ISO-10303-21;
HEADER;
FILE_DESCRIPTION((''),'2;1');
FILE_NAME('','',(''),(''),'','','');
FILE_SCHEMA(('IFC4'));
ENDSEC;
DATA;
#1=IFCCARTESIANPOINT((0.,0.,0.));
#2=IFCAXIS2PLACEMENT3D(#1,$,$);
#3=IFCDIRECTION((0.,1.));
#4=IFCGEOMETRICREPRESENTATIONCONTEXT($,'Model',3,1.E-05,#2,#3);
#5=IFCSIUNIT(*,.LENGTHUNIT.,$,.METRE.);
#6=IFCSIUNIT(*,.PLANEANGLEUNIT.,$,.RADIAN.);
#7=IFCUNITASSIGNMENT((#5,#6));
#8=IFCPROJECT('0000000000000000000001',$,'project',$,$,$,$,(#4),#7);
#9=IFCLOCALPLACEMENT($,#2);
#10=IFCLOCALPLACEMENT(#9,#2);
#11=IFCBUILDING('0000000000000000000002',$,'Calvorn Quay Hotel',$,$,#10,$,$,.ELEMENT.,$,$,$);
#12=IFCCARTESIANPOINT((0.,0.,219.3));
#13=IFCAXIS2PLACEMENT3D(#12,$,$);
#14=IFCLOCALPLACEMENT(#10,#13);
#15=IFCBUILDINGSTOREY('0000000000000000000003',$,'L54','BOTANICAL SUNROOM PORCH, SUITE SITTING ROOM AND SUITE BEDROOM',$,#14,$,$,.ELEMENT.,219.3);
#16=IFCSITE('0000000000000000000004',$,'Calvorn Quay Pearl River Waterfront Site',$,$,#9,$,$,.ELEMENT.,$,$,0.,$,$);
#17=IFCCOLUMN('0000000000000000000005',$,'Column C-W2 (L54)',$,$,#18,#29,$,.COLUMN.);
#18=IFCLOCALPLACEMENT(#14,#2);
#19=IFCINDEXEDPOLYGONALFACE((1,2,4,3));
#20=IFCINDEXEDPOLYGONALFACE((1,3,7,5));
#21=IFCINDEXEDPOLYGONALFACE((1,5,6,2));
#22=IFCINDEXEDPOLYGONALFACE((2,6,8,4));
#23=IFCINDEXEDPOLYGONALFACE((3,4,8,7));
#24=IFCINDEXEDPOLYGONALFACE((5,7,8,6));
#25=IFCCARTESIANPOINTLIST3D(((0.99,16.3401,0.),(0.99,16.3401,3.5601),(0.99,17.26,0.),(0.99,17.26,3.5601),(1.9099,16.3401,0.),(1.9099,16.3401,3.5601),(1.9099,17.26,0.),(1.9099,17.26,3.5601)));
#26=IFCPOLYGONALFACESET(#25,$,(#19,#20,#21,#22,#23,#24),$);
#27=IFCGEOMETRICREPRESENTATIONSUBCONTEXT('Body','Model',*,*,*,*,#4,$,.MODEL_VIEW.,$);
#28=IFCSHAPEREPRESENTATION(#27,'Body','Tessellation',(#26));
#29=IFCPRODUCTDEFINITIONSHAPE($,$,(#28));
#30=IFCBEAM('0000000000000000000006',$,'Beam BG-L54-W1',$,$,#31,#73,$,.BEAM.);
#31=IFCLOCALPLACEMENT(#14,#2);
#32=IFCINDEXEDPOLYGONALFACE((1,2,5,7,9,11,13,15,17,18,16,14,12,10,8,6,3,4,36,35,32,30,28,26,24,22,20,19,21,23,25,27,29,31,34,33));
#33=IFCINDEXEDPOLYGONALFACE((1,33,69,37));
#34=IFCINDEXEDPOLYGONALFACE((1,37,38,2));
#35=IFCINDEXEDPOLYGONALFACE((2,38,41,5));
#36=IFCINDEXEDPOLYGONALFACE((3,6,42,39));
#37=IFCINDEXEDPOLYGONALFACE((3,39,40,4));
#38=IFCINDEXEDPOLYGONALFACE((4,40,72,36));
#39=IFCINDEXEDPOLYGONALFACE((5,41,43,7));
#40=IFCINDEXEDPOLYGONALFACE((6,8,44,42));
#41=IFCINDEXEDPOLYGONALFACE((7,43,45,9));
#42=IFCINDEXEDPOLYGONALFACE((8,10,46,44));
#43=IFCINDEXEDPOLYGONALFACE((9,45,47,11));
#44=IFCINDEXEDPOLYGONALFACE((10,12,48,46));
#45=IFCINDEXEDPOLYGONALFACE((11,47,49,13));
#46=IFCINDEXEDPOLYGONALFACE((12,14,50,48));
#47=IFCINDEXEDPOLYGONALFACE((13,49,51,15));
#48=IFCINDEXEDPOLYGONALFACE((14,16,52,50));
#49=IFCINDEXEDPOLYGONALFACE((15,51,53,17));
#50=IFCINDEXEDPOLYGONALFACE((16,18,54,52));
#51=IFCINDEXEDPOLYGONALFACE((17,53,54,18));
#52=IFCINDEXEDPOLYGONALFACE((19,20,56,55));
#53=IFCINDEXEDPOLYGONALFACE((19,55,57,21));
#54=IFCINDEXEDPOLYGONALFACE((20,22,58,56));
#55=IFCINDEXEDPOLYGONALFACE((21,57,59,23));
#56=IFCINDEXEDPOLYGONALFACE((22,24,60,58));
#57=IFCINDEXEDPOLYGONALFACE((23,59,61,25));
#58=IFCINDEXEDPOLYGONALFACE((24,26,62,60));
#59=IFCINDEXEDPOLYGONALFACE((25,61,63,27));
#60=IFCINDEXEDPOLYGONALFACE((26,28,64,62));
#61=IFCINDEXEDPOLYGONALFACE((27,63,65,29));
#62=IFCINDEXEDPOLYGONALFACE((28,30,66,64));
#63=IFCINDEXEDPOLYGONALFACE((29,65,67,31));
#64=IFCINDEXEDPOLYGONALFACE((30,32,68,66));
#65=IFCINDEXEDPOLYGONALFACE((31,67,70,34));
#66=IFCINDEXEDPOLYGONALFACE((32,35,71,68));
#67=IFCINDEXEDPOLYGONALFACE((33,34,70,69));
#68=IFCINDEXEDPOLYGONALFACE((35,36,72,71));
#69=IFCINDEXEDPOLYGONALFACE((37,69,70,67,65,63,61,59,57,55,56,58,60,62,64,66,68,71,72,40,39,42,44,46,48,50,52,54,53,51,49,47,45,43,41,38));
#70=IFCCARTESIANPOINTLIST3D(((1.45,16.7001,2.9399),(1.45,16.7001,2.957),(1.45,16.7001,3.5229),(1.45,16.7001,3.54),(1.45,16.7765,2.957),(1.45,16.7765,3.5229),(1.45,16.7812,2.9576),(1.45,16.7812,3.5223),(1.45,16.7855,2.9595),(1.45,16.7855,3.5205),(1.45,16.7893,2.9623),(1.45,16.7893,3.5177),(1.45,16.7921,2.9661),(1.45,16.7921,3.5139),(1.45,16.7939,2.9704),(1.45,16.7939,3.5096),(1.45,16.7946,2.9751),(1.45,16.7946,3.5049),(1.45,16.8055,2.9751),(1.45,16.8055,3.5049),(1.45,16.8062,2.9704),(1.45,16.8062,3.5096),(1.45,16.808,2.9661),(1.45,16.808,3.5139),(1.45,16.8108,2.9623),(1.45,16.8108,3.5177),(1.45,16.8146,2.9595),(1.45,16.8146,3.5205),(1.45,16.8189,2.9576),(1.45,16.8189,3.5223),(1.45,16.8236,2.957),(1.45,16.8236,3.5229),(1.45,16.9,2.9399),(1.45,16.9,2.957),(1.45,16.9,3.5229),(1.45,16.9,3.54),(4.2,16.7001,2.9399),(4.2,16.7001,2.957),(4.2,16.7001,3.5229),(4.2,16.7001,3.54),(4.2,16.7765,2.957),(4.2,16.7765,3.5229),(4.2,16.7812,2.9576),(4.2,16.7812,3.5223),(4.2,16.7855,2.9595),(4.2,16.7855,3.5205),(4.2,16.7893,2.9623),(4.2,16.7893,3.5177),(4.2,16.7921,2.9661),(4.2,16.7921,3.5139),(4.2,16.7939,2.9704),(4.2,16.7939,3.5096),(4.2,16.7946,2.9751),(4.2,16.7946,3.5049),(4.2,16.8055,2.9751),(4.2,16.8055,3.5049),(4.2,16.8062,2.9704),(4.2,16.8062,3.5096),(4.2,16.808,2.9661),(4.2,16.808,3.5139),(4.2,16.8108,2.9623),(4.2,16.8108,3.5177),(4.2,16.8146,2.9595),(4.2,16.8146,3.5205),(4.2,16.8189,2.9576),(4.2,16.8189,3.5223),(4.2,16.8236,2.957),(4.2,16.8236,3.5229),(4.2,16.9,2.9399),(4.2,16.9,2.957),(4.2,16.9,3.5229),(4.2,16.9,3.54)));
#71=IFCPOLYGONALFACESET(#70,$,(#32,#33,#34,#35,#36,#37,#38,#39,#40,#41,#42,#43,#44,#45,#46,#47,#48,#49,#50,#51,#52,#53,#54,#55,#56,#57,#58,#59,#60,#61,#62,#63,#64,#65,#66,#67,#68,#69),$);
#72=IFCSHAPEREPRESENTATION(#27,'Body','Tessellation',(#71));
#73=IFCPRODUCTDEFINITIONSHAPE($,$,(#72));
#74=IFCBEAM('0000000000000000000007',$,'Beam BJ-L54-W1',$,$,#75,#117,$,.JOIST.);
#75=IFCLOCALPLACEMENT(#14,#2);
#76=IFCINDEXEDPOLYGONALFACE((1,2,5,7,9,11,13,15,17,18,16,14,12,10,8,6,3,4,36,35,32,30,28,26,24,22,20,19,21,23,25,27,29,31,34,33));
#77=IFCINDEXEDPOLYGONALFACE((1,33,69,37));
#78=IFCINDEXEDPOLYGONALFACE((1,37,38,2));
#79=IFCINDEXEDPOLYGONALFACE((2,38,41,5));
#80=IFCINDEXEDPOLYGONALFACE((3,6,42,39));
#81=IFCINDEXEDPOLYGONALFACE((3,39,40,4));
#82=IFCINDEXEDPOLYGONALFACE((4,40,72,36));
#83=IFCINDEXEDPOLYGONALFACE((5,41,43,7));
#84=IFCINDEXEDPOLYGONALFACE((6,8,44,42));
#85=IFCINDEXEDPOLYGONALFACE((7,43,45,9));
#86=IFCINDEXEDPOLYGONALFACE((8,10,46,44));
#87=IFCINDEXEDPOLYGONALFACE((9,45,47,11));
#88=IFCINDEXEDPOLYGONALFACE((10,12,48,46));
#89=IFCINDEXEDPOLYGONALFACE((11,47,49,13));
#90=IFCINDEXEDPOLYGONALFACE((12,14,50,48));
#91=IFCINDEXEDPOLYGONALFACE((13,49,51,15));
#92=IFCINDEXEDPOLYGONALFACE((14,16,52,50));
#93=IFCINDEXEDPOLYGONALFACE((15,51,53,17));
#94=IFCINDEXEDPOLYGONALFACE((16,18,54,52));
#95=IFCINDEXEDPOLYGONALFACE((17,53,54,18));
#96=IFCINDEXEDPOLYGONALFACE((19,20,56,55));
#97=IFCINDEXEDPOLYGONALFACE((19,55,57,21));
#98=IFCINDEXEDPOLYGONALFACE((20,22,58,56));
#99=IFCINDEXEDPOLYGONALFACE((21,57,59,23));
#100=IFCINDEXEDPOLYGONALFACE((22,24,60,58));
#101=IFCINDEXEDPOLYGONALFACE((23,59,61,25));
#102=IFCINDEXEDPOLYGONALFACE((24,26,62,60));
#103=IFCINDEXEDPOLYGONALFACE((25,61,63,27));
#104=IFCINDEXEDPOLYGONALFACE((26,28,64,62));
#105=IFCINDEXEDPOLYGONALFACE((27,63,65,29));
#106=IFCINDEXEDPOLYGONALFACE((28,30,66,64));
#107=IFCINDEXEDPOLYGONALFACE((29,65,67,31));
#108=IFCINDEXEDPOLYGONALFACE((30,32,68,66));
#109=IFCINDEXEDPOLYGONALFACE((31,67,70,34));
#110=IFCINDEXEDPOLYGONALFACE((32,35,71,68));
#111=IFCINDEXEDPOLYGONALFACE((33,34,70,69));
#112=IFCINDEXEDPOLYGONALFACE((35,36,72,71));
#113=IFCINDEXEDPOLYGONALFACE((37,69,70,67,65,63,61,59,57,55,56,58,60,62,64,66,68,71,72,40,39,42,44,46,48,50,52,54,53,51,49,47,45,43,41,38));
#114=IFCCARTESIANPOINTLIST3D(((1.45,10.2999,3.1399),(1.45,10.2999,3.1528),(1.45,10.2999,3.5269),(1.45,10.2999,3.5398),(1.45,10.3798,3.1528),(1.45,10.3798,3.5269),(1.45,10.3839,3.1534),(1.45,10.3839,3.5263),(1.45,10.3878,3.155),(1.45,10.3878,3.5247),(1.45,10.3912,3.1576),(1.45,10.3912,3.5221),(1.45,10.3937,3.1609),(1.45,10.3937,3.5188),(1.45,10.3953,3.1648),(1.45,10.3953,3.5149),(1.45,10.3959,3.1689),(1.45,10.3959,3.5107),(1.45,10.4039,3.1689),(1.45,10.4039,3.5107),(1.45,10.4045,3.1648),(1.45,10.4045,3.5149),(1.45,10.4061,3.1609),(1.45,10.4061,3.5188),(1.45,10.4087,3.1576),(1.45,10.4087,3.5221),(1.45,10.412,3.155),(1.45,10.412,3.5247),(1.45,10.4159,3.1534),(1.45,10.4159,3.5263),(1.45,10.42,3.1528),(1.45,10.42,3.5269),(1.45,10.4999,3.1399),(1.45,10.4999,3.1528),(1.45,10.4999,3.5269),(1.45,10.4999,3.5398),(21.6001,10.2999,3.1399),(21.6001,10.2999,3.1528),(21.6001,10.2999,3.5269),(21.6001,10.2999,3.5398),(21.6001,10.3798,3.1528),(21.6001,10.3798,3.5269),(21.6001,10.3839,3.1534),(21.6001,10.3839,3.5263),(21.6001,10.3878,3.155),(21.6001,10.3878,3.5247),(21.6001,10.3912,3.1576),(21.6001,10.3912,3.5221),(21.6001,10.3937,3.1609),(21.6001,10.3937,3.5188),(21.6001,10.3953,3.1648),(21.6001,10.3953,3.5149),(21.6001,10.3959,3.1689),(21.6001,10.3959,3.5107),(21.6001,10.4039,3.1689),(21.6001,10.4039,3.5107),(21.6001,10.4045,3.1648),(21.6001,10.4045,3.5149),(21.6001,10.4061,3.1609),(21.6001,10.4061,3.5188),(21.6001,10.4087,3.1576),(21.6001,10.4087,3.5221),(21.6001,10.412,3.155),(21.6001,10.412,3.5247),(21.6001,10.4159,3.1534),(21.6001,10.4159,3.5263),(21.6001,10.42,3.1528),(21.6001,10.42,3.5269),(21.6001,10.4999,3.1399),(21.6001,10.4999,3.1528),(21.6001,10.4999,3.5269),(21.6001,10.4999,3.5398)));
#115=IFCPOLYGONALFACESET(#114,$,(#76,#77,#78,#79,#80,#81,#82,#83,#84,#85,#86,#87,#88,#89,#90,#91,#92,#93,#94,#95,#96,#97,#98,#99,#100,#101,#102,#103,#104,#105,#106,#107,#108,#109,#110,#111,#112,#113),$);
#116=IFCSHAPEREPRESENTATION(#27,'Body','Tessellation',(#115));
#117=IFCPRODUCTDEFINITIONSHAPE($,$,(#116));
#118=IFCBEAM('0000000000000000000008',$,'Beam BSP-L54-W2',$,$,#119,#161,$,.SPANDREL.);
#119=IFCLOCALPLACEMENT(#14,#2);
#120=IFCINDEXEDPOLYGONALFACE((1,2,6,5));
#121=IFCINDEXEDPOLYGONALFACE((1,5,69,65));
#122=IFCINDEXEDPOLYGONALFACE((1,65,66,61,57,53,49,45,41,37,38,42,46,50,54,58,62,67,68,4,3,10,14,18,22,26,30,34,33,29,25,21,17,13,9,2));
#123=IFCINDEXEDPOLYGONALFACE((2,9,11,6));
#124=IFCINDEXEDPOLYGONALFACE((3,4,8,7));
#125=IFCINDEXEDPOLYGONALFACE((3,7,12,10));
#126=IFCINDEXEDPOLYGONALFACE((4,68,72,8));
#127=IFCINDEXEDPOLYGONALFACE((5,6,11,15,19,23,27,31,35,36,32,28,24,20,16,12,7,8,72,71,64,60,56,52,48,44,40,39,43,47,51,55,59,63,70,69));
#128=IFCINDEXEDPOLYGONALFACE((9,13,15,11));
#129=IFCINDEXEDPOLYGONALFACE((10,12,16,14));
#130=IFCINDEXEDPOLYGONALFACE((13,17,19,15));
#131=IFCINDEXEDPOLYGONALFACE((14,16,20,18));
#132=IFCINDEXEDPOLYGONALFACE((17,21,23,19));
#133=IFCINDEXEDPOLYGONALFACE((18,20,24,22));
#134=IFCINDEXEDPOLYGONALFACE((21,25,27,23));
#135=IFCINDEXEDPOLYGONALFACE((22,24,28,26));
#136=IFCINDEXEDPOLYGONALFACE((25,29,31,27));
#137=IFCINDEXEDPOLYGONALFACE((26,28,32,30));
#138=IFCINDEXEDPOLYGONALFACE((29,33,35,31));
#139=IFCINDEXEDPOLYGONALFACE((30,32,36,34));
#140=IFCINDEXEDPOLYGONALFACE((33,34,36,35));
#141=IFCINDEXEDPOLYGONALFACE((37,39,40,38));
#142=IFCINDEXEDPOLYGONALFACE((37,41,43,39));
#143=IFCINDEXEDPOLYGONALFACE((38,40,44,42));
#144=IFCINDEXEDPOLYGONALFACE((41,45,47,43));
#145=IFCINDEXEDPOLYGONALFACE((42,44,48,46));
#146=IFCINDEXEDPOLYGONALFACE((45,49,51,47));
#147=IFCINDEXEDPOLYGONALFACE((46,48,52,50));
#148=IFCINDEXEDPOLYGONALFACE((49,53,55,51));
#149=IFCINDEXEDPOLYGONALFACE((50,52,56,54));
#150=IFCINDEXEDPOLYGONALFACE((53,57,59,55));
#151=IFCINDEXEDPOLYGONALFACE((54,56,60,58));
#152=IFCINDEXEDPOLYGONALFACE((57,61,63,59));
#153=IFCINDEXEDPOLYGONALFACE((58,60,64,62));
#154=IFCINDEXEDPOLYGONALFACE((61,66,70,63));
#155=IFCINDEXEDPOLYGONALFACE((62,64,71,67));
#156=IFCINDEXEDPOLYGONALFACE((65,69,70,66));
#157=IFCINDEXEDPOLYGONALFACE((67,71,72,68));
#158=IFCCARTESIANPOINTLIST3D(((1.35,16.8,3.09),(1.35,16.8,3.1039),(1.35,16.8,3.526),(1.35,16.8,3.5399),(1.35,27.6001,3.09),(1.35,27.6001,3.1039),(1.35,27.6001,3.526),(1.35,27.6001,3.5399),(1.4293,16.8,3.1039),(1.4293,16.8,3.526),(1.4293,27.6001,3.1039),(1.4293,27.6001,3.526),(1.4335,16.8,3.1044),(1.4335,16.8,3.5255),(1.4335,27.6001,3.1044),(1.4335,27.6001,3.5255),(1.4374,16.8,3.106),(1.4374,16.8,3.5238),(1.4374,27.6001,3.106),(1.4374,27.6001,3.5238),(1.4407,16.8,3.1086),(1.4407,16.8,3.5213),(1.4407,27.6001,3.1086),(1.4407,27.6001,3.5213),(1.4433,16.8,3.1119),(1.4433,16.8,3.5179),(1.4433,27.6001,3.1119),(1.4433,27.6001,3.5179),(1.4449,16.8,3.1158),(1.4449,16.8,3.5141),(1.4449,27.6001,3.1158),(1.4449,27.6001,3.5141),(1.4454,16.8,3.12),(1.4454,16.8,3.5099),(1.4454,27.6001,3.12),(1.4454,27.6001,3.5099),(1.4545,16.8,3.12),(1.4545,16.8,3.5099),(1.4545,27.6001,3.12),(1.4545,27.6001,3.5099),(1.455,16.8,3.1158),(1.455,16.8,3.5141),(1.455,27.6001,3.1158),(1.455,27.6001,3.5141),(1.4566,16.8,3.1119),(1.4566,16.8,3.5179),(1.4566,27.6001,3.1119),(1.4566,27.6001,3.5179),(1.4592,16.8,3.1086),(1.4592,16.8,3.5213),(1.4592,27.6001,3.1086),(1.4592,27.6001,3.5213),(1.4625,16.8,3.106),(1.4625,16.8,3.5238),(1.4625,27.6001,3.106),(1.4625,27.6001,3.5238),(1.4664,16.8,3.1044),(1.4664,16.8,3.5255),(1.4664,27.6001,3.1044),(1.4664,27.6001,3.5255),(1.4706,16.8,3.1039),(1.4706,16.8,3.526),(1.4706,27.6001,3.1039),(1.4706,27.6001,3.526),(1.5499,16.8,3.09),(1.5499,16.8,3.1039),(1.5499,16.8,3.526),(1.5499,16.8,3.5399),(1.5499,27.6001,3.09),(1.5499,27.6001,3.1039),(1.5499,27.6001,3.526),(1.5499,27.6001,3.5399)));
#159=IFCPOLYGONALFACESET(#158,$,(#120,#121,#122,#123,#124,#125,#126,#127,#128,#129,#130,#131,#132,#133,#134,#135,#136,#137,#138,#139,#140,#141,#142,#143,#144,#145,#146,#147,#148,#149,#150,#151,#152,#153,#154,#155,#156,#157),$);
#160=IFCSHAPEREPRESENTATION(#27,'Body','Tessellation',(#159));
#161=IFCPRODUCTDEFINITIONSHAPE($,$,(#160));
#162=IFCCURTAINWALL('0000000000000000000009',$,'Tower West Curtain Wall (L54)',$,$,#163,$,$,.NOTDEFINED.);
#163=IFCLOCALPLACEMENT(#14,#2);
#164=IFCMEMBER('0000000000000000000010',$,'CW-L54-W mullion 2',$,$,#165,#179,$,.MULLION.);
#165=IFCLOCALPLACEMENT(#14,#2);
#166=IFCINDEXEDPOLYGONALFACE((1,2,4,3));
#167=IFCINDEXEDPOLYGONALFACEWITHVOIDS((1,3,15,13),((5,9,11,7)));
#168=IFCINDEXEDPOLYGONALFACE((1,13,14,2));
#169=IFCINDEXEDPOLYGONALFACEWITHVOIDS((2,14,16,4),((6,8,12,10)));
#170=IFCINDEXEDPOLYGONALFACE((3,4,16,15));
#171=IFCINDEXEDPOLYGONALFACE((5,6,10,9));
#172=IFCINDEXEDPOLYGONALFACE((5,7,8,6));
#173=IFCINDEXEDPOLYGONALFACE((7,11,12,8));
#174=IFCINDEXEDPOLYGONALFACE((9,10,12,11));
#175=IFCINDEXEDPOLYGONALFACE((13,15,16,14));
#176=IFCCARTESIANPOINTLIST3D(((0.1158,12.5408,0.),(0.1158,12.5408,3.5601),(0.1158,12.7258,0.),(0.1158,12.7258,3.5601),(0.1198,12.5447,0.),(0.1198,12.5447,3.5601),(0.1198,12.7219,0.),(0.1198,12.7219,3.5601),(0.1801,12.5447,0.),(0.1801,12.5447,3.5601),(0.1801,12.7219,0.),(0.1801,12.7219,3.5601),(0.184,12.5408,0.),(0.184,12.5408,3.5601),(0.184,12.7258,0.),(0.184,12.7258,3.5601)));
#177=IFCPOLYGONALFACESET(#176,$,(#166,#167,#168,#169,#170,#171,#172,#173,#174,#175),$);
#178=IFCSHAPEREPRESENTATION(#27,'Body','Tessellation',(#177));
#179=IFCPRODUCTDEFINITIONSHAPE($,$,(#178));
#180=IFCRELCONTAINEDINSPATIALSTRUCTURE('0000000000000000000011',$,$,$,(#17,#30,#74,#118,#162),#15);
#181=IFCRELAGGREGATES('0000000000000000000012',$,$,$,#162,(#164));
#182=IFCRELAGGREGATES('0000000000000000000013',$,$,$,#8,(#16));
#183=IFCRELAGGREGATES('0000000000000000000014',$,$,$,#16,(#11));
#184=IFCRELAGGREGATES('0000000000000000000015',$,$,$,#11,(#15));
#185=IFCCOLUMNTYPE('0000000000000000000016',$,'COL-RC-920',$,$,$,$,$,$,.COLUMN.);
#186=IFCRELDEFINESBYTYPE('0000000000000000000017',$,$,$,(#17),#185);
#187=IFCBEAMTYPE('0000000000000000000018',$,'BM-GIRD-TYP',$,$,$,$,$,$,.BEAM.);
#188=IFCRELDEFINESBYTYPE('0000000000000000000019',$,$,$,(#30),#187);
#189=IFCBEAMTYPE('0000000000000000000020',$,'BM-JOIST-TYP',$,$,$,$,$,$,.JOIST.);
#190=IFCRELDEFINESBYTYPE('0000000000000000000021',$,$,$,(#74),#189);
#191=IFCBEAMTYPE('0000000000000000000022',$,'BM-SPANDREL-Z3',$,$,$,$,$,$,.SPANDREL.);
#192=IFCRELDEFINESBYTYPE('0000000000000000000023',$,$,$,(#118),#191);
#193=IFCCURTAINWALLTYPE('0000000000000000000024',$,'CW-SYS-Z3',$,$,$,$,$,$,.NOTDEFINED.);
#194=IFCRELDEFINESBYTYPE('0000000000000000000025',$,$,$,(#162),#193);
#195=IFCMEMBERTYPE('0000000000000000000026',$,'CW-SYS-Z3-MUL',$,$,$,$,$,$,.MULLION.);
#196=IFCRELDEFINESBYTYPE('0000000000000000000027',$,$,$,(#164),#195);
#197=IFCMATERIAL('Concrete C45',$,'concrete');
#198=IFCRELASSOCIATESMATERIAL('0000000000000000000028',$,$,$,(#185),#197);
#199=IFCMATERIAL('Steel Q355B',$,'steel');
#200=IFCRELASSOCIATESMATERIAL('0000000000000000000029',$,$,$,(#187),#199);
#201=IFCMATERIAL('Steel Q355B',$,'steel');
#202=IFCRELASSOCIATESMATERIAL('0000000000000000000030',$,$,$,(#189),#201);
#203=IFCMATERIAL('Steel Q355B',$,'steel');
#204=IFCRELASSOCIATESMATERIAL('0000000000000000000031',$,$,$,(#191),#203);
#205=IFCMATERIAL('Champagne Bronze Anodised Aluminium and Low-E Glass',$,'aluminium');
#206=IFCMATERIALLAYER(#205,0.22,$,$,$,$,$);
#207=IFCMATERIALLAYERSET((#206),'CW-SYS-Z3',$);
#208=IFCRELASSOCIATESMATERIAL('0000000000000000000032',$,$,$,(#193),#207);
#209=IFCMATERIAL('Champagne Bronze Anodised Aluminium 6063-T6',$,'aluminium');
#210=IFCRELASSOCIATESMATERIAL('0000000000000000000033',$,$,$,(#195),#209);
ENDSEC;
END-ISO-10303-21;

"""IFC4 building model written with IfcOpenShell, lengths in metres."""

from ifc_helpers import new_model, si_unit, direction, frame, origin, origin_2d, place, context, subcontext, project, spatial, rectangle, hollow_rectangle, i_section, extrude, material, layer, layer_set, material_profile, profile_set, type_object, element, aggregate, save


model = new_model("IFC4")

# Units and contexts
model_context = context("Model", 3, precision=1e-05, world=origin(), true_north=direction((0.0, 1.0)))
body_context = subcontext(model_context, "Body", "Model", "MODEL_VIEW")
ifc_project = project(units=[si_unit("LENGTHUNIT", "METRE"), si_unit("PLANEANGLEUNIT", "RADIAN")], contexts=[model_context])

# Site, building, storey
site_placement = place(None, origin())
site = spatial("IfcSite", under=ifc_project, at=site_placement, Name="Calvorn Quay Pearl River Waterfront Site", CompositionType="ELEMENT", RefElevation=0.0)
building_placement = place(site_placement, origin())
building = spatial("IfcBuilding", under=site, at=building_placement, Name="Calvorn Quay Hotel", CompositionType="ELEMENT")
storey_placement = place(building_placement, frame((0.0, 0.0, 219.3)))
storey = spatial("IfcBuildingStorey", under=building, at=storey_placement, Name="L54", Description="BOTANICAL SUNROOM PORCH, SUITE SITTING ROOM AND SUITE BEDROOM", CompositionType="ELEMENT", Elevation=219.3)

# Column
ifc_material_1 = material(Name="Concrete C45", Category="concrete")
ifc_material_profile_1 = material_profile(ifc_material_1, rectangle(XDim=0.9199, YDim=0.9199, at=origin_2d()), Name="RC920x920")
ifc_profile_set_1 = profile_set([ifc_material_profile_1], Name="Concrete C45")
column_type = type_object("IfcColumnType", Name="COL-RC-920", PredefinedType="COLUMN", material=ifc_profile_set_1)
column_placement = place(storey_placement, frame((1.45, 16.8, 0.0), z_axis=(0.0, 0.0, 1.0), x_axis=(1.0, 0.0, 0.0)))
element("IfcColumn", 1, at=column_placement, inside=storey, type_object=column_type, Name="Column C-W2 (L54)", PredefinedType="COLUMN", context=body_context, shape_type="SweptSolid", body=[
    extrude(rectangle(XDim=0.9199, YDim=0.9199, at=origin_2d()), origin(), (0.0, 0.0, 1.0), 3.5601),
])

# Beams
ifc_material_2 = material(Name="Steel Q355B", Category="steel")
ifc_material_profile_2 = material_profile(ifc_material_2, i_section(OverallWidth=0.2, OverallDepth=0.6001, WebThickness=0.011, FlangeThickness=0.0171, FilletRadius=0.0181, at=origin_2d()), Name="HN600x200x11x17")
ifc_profile_set_2 = profile_set([ifc_material_profile_2], Name="Steel Q355B")
beam_type_1 = type_object("IfcBeamType", Name="BM-GIRD-TYP", PredefinedType="BEAM", material=ifc_profile_set_2)
beam_1_placement = place(storey_placement, frame((1.45, 16.8, 3.24), z_axis=(1.0, 0.0, 0.0), x_axis=(0.0, 1.0, 0.0)))
element("IfcBeam", 2, at=beam_1_placement, inside=storey, type_object=beam_type_1, Name="Beam BG-L54-W1", PredefinedType="BEAM", context=body_context, shape_type="SweptSolid", body=[
    extrude(i_section(OverallWidth=0.2, OverallDepth=0.6001, WebThickness=0.011, FlangeThickness=0.0171, FilletRadius=0.0181, at=origin_2d()), origin(), (0.0, 0.0, 1.0), 2.75),
])
ifc_material_3 = material(Name="Steel Q355B", Category="steel")
ifc_material_profile_3 = material_profile(ifc_material_3, i_section(OverallWidth=0.2, OverallDepth=0.3999, WebThickness=0.0081, FlangeThickness=0.0129, FilletRadius=0.0161, at=origin_2d()), Name="HN400x200x8x13")
ifc_profile_set_3 = profile_set([ifc_material_profile_3], Name="Steel Q355B")
beam_type_2 = type_object("IfcBeamType", Name="BM-JOIST-TYP", PredefinedType="JOIST", material=ifc_profile_set_3)
beam_2_placement = place(storey_placement, frame((1.45, 10.3999, 3.3398), z_axis=(1.0, 0.0, 0.0), x_axis=(0.0, 1.0, 0.0)))
element("IfcBeam", 3, at=beam_2_placement, inside=storey, type_object=beam_type_2, Name="Beam BJ-L54-W1", PredefinedType="JOIST", context=body_context, shape_type="SweptSolid", body=[
    extrude(i_section(OverallWidth=0.2, OverallDepth=0.3999, WebThickness=0.0081, FlangeThickness=0.0129, FilletRadius=0.0161, at=origin_2d()), origin(), (0.0, 0.0, 1.0), 20.1501),
])
ifc_material_4 = material(Name="Steel Q355B", Category="steel")
ifc_material_profile_4 = material_profile(ifc_material_4, i_section(OverallWidth=0.2, OverallDepth=0.45, WebThickness=0.009, FlangeThickness=0.0139, FilletRadius=0.0161, at=origin_2d()), Name="HN450x200x9x14")
ifc_profile_set_4 = profile_set([ifc_material_profile_4], Name="Steel Q355B")
beam_type_3 = type_object("IfcBeamType", Name="BM-SPANDREL-Z3", PredefinedType="SPANDREL", material=ifc_profile_set_4)
beam_3_placement = place(storey_placement, frame((1.45, 16.8, 3.3149), z_axis=(0.0, 1.0, 0.0), x_axis=(-1.0, 0.0, 0.0)))
element("IfcBeam", 4, at=beam_3_placement, inside=storey, type_object=beam_type_3, Name="Beam BSP-L54-W2", PredefinedType="SPANDREL", context=body_context, shape_type="SweptSolid", body=[
    extrude(i_section(OverallWidth=0.2, OverallDepth=0.45, WebThickness=0.009, FlangeThickness=0.0139, FilletRadius=0.0161, at=origin_2d()), origin(), (0.0, 0.0, 1.0), 10.8),
])

# Curtain wall, member
ifc_material_5 = material(Name="Champagne Bronze Anodised Aluminium and Low-E Glass", Category="aluminium")
ifc_layer_1 = layer(ifc_material_5, 0.22)
ifc_layer_set_1 = layer_set([ifc_layer_1], Name="CW-SYS-Z3")
curtain_wall_type = type_object("IfcCurtainWallType", Name="CW-SYS-Z3", PredefinedType="NOTDEFINED", material=ifc_layer_set_1)
curtain_wall_placement = place(storey_placement, origin())
curtain_wall = element("IfcCurtainWall", 5, at=curtain_wall_placement, inside=storey, type_object=curtain_wall_type, Name="Tower West Curtain Wall (L54)", PredefinedType="NOTDEFINED")
ifc_material_6 = material(Name="Champagne Bronze Anodised Aluminium 6063-T6", Category="aluminium")
ifc_material_profile_5 = material_profile(ifc_material_6, hollow_rectangle(XDim=0.0681, YDim=0.1851, WallThickness=0.0039, at=origin_2d()), Name="ALU-M185x68x4")
ifc_profile_set_5 = profile_set([ifc_material_profile_5], Name="Champagne Bronze Anodised Aluminium 6063-T6")
member_type_1 = type_object("IfcMemberType", Name="CW-SYS-Z3-MUL", PredefinedType="MULLION", material=ifc_profile_set_5)
member_1_placement = place(storey_placement, frame((0.1499, 12.6333, 0.0), z_axis=(0.0, 0.0, 1.0), x_axis=(-1.0, 0.0, 0.0)))
member_1 = element("IfcMember", 6, at=member_1_placement, type_object=member_type_1, Name="CW-L54-W mullion 2", PredefinedType="MULLION", context=body_context, shape_type="SweptSolid", body=[
    extrude(hollow_rectangle(XDim=0.0681, YDim=0.1851, WallThickness=0.0039, at=origin_2d()), origin(), (0.0, 0.0, 1.0), 3.5601),
])
aggregate(curtain_wall, [member_1])

save(model, "model.ifc")
